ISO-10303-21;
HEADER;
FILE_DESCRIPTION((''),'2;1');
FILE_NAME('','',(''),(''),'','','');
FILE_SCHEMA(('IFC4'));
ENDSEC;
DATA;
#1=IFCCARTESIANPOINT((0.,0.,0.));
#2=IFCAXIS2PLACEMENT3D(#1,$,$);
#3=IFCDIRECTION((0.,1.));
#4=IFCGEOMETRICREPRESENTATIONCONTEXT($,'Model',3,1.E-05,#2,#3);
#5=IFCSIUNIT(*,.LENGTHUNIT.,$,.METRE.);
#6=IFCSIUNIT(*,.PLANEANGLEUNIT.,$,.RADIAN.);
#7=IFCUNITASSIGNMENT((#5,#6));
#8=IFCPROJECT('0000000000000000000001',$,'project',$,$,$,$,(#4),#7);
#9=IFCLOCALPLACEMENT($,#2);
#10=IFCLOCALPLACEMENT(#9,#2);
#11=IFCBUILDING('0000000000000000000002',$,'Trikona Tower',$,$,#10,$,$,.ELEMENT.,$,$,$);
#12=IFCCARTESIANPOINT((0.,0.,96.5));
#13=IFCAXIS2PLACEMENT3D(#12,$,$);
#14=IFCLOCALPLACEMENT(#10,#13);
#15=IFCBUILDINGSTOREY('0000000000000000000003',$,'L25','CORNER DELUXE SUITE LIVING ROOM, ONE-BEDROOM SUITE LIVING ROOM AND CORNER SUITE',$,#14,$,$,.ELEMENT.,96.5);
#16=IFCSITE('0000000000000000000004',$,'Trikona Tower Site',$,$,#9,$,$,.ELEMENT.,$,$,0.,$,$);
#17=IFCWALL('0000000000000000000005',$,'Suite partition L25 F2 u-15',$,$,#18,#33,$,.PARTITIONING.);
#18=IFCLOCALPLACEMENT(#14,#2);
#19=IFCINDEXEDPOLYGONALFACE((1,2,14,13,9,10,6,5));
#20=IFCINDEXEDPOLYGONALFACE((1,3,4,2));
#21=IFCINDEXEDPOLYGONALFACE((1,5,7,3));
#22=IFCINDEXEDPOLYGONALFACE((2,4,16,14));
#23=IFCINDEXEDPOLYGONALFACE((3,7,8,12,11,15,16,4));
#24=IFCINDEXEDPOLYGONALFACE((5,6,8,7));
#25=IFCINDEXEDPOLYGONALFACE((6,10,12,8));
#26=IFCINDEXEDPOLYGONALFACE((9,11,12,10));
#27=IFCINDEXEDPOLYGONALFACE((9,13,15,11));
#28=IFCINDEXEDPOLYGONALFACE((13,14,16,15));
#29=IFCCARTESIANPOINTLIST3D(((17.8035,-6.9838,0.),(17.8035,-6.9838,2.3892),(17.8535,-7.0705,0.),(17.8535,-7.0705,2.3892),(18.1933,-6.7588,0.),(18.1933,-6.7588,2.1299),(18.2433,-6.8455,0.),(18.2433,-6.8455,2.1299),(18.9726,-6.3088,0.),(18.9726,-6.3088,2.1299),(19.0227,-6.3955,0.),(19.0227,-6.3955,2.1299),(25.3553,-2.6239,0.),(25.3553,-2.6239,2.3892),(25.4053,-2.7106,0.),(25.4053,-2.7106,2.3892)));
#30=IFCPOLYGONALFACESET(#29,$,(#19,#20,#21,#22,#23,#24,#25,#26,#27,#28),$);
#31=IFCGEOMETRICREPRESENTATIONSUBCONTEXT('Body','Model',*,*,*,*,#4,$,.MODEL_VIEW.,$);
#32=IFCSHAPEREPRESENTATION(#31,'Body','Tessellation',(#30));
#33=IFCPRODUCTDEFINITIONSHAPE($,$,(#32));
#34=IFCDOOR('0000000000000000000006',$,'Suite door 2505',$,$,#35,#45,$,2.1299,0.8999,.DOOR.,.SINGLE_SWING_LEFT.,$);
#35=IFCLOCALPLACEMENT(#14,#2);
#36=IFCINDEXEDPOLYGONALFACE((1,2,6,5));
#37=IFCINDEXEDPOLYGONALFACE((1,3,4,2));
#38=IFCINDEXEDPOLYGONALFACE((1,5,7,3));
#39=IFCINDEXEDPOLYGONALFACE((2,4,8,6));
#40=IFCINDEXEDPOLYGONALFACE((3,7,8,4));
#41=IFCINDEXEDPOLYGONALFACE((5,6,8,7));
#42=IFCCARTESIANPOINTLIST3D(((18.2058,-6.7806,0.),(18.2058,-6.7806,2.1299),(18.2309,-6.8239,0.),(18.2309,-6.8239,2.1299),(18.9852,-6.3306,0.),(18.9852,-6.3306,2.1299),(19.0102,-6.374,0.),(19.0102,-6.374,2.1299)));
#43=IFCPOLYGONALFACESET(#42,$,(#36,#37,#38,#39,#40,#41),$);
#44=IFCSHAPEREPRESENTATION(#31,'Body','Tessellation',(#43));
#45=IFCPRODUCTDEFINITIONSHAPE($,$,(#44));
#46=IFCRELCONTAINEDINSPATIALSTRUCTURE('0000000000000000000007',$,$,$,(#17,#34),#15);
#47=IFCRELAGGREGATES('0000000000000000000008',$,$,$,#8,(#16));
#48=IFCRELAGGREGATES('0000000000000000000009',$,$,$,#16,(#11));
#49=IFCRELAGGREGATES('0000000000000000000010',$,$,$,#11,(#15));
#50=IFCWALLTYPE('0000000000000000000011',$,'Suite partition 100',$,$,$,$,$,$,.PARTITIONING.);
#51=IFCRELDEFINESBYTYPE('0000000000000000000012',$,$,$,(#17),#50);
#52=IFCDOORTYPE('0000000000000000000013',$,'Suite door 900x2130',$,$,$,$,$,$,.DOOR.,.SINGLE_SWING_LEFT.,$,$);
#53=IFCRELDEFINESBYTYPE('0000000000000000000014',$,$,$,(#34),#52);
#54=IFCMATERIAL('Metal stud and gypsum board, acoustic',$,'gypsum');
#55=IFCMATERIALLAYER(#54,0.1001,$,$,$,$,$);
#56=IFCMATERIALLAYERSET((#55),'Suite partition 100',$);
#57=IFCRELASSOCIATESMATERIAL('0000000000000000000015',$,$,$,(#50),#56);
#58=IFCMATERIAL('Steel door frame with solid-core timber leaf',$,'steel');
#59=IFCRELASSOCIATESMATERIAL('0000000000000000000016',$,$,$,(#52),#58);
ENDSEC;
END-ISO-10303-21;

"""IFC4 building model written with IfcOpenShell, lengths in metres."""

from ifc_helpers import new_model, si_unit, direction, frame, frame_2d, origin, place, context, subcontext, project, spatial, rectangle, extrude, material, layer, layer_set, type_object, element, fill, save


model = new_model("IFC4")

# Units and contexts
model_context = context("Model", 3, precision=1e-05, world=origin(), true_north=direction((0.0, 1.0)))
body_context = subcontext(model_context, "Body", "Model", "MODEL_VIEW")
ifc_project = project(units=[si_unit("LENGTHUNIT", "METRE"), si_unit("PLANEANGLEUNIT", "RADIAN")], contexts=[model_context])

# Site, building, storey
site_placement = place(None, origin())
site = spatial("IfcSite", under=ifc_project, at=site_placement, Name="Trikona Tower Site", CompositionType="ELEMENT", RefElevation=0.0)
building_placement = place(site_placement, origin())
building = spatial("IfcBuilding", under=site, at=building_placement, Name="Trikona Tower", CompositionType="ELEMENT")
storey_placement = place(building_placement, frame((0.0, 0.0, 96.5)))
storey = spatial("IfcBuildingStorey", under=building, at=storey_placement, Name="L25", Description="CORNER DELUXE SUITE LIVING ROOM, ONE-BEDROOM SUITE LIVING ROOM AND CORNER SUITE", CompositionType="ELEMENT", Elevation=96.5)

# Wall, opening, door
ifc_material_1 = material(Name="Metal stud and gypsum board, acoustic", Category="gypsum")
ifc_layer_1 = layer(ifc_material_1, 0.1001)
ifc_layer_set_1 = layer_set([ifc_layer_1], Name="Suite partition 100")
wall_type_1 = type_object("IfcWallType", Name="Suite partition 100", PredefinedType="PARTITIONING", material=ifc_layer_set_1)
wall_1_placement = place(storey_placement, frame((17.8286, -7.0271, 0.0), z_axis=(0.0, 0.0, 1.0), x_axis=(0.866033, 0.499987, 0.0)))
wall_1 = element("IfcWall", 1, at=wall_1_placement, inside=storey, type_object=wall_type_1, Name="Suite partition L25 F2 u-15", PredefinedType="PARTITIONING", context=body_context, shape_type="SweptSolid", body=[
    extrude(rectangle(XDim=8.72, YDim=0.1001, at=frame_2d((4.3599, 0.0))), origin(), (0.0, 0.0, 1.0), 2.3892),
])
opening_1_placement = place(wall_1_placement, frame((0.45, 0.0, 0.0)))
opening_1 = element("IfcOpeningElement", 2, at=opening_1_placement, cuts=wall_1, PredefinedType="OPENING", context=body_context, shape_type="SweptSolid", body=[
    extrude(rectangle(XDim=0.8999, YDim=2.1299, at=frame_2d((0.45, 1.0649))), frame((0.0, 0.0601, 0.0), z_axis=(0.0, -1.0, 0.0), x_axis=(1.0, 0.0, 0.0)), (0.0, 0.0, 1.0), 0.1201),
])
ifc_material_2 = material(Name="Steel door frame with solid-core timber leaf", Category="steel")
door_type_1 = type_object("IfcDoorType", Name="Suite door 900x2130", OperationType="SINGLE_SWING_LEFT", PredefinedType="DOOR", material=ifc_material_2)
door_1_placement = place(opening_1_placement, origin())
door_1 = element("IfcDoor", 3, at=door_1_placement, inside=storey, type_object=door_type_1, Name="Suite door 2505", OperationType="SINGLE_SWING_LEFT", OverallHeight=2.1299, OverallWidth=0.8999, PredefinedType="DOOR", context=body_context, shape_type="SweptSolid", body=[
    extrude(rectangle(XDim=0.8999, YDim=2.1299, at=frame_2d((0.45, 1.0649))), frame((0.0, 0.0249, 0.0), z_axis=(0.0, -1.0, 0.0), x_axis=(1.0, 0.0, 0.0)), (0.0, 0.0, 1.0), 0.05),
])
fill(opening_1, door_1)

save(model, "model.ifc")
